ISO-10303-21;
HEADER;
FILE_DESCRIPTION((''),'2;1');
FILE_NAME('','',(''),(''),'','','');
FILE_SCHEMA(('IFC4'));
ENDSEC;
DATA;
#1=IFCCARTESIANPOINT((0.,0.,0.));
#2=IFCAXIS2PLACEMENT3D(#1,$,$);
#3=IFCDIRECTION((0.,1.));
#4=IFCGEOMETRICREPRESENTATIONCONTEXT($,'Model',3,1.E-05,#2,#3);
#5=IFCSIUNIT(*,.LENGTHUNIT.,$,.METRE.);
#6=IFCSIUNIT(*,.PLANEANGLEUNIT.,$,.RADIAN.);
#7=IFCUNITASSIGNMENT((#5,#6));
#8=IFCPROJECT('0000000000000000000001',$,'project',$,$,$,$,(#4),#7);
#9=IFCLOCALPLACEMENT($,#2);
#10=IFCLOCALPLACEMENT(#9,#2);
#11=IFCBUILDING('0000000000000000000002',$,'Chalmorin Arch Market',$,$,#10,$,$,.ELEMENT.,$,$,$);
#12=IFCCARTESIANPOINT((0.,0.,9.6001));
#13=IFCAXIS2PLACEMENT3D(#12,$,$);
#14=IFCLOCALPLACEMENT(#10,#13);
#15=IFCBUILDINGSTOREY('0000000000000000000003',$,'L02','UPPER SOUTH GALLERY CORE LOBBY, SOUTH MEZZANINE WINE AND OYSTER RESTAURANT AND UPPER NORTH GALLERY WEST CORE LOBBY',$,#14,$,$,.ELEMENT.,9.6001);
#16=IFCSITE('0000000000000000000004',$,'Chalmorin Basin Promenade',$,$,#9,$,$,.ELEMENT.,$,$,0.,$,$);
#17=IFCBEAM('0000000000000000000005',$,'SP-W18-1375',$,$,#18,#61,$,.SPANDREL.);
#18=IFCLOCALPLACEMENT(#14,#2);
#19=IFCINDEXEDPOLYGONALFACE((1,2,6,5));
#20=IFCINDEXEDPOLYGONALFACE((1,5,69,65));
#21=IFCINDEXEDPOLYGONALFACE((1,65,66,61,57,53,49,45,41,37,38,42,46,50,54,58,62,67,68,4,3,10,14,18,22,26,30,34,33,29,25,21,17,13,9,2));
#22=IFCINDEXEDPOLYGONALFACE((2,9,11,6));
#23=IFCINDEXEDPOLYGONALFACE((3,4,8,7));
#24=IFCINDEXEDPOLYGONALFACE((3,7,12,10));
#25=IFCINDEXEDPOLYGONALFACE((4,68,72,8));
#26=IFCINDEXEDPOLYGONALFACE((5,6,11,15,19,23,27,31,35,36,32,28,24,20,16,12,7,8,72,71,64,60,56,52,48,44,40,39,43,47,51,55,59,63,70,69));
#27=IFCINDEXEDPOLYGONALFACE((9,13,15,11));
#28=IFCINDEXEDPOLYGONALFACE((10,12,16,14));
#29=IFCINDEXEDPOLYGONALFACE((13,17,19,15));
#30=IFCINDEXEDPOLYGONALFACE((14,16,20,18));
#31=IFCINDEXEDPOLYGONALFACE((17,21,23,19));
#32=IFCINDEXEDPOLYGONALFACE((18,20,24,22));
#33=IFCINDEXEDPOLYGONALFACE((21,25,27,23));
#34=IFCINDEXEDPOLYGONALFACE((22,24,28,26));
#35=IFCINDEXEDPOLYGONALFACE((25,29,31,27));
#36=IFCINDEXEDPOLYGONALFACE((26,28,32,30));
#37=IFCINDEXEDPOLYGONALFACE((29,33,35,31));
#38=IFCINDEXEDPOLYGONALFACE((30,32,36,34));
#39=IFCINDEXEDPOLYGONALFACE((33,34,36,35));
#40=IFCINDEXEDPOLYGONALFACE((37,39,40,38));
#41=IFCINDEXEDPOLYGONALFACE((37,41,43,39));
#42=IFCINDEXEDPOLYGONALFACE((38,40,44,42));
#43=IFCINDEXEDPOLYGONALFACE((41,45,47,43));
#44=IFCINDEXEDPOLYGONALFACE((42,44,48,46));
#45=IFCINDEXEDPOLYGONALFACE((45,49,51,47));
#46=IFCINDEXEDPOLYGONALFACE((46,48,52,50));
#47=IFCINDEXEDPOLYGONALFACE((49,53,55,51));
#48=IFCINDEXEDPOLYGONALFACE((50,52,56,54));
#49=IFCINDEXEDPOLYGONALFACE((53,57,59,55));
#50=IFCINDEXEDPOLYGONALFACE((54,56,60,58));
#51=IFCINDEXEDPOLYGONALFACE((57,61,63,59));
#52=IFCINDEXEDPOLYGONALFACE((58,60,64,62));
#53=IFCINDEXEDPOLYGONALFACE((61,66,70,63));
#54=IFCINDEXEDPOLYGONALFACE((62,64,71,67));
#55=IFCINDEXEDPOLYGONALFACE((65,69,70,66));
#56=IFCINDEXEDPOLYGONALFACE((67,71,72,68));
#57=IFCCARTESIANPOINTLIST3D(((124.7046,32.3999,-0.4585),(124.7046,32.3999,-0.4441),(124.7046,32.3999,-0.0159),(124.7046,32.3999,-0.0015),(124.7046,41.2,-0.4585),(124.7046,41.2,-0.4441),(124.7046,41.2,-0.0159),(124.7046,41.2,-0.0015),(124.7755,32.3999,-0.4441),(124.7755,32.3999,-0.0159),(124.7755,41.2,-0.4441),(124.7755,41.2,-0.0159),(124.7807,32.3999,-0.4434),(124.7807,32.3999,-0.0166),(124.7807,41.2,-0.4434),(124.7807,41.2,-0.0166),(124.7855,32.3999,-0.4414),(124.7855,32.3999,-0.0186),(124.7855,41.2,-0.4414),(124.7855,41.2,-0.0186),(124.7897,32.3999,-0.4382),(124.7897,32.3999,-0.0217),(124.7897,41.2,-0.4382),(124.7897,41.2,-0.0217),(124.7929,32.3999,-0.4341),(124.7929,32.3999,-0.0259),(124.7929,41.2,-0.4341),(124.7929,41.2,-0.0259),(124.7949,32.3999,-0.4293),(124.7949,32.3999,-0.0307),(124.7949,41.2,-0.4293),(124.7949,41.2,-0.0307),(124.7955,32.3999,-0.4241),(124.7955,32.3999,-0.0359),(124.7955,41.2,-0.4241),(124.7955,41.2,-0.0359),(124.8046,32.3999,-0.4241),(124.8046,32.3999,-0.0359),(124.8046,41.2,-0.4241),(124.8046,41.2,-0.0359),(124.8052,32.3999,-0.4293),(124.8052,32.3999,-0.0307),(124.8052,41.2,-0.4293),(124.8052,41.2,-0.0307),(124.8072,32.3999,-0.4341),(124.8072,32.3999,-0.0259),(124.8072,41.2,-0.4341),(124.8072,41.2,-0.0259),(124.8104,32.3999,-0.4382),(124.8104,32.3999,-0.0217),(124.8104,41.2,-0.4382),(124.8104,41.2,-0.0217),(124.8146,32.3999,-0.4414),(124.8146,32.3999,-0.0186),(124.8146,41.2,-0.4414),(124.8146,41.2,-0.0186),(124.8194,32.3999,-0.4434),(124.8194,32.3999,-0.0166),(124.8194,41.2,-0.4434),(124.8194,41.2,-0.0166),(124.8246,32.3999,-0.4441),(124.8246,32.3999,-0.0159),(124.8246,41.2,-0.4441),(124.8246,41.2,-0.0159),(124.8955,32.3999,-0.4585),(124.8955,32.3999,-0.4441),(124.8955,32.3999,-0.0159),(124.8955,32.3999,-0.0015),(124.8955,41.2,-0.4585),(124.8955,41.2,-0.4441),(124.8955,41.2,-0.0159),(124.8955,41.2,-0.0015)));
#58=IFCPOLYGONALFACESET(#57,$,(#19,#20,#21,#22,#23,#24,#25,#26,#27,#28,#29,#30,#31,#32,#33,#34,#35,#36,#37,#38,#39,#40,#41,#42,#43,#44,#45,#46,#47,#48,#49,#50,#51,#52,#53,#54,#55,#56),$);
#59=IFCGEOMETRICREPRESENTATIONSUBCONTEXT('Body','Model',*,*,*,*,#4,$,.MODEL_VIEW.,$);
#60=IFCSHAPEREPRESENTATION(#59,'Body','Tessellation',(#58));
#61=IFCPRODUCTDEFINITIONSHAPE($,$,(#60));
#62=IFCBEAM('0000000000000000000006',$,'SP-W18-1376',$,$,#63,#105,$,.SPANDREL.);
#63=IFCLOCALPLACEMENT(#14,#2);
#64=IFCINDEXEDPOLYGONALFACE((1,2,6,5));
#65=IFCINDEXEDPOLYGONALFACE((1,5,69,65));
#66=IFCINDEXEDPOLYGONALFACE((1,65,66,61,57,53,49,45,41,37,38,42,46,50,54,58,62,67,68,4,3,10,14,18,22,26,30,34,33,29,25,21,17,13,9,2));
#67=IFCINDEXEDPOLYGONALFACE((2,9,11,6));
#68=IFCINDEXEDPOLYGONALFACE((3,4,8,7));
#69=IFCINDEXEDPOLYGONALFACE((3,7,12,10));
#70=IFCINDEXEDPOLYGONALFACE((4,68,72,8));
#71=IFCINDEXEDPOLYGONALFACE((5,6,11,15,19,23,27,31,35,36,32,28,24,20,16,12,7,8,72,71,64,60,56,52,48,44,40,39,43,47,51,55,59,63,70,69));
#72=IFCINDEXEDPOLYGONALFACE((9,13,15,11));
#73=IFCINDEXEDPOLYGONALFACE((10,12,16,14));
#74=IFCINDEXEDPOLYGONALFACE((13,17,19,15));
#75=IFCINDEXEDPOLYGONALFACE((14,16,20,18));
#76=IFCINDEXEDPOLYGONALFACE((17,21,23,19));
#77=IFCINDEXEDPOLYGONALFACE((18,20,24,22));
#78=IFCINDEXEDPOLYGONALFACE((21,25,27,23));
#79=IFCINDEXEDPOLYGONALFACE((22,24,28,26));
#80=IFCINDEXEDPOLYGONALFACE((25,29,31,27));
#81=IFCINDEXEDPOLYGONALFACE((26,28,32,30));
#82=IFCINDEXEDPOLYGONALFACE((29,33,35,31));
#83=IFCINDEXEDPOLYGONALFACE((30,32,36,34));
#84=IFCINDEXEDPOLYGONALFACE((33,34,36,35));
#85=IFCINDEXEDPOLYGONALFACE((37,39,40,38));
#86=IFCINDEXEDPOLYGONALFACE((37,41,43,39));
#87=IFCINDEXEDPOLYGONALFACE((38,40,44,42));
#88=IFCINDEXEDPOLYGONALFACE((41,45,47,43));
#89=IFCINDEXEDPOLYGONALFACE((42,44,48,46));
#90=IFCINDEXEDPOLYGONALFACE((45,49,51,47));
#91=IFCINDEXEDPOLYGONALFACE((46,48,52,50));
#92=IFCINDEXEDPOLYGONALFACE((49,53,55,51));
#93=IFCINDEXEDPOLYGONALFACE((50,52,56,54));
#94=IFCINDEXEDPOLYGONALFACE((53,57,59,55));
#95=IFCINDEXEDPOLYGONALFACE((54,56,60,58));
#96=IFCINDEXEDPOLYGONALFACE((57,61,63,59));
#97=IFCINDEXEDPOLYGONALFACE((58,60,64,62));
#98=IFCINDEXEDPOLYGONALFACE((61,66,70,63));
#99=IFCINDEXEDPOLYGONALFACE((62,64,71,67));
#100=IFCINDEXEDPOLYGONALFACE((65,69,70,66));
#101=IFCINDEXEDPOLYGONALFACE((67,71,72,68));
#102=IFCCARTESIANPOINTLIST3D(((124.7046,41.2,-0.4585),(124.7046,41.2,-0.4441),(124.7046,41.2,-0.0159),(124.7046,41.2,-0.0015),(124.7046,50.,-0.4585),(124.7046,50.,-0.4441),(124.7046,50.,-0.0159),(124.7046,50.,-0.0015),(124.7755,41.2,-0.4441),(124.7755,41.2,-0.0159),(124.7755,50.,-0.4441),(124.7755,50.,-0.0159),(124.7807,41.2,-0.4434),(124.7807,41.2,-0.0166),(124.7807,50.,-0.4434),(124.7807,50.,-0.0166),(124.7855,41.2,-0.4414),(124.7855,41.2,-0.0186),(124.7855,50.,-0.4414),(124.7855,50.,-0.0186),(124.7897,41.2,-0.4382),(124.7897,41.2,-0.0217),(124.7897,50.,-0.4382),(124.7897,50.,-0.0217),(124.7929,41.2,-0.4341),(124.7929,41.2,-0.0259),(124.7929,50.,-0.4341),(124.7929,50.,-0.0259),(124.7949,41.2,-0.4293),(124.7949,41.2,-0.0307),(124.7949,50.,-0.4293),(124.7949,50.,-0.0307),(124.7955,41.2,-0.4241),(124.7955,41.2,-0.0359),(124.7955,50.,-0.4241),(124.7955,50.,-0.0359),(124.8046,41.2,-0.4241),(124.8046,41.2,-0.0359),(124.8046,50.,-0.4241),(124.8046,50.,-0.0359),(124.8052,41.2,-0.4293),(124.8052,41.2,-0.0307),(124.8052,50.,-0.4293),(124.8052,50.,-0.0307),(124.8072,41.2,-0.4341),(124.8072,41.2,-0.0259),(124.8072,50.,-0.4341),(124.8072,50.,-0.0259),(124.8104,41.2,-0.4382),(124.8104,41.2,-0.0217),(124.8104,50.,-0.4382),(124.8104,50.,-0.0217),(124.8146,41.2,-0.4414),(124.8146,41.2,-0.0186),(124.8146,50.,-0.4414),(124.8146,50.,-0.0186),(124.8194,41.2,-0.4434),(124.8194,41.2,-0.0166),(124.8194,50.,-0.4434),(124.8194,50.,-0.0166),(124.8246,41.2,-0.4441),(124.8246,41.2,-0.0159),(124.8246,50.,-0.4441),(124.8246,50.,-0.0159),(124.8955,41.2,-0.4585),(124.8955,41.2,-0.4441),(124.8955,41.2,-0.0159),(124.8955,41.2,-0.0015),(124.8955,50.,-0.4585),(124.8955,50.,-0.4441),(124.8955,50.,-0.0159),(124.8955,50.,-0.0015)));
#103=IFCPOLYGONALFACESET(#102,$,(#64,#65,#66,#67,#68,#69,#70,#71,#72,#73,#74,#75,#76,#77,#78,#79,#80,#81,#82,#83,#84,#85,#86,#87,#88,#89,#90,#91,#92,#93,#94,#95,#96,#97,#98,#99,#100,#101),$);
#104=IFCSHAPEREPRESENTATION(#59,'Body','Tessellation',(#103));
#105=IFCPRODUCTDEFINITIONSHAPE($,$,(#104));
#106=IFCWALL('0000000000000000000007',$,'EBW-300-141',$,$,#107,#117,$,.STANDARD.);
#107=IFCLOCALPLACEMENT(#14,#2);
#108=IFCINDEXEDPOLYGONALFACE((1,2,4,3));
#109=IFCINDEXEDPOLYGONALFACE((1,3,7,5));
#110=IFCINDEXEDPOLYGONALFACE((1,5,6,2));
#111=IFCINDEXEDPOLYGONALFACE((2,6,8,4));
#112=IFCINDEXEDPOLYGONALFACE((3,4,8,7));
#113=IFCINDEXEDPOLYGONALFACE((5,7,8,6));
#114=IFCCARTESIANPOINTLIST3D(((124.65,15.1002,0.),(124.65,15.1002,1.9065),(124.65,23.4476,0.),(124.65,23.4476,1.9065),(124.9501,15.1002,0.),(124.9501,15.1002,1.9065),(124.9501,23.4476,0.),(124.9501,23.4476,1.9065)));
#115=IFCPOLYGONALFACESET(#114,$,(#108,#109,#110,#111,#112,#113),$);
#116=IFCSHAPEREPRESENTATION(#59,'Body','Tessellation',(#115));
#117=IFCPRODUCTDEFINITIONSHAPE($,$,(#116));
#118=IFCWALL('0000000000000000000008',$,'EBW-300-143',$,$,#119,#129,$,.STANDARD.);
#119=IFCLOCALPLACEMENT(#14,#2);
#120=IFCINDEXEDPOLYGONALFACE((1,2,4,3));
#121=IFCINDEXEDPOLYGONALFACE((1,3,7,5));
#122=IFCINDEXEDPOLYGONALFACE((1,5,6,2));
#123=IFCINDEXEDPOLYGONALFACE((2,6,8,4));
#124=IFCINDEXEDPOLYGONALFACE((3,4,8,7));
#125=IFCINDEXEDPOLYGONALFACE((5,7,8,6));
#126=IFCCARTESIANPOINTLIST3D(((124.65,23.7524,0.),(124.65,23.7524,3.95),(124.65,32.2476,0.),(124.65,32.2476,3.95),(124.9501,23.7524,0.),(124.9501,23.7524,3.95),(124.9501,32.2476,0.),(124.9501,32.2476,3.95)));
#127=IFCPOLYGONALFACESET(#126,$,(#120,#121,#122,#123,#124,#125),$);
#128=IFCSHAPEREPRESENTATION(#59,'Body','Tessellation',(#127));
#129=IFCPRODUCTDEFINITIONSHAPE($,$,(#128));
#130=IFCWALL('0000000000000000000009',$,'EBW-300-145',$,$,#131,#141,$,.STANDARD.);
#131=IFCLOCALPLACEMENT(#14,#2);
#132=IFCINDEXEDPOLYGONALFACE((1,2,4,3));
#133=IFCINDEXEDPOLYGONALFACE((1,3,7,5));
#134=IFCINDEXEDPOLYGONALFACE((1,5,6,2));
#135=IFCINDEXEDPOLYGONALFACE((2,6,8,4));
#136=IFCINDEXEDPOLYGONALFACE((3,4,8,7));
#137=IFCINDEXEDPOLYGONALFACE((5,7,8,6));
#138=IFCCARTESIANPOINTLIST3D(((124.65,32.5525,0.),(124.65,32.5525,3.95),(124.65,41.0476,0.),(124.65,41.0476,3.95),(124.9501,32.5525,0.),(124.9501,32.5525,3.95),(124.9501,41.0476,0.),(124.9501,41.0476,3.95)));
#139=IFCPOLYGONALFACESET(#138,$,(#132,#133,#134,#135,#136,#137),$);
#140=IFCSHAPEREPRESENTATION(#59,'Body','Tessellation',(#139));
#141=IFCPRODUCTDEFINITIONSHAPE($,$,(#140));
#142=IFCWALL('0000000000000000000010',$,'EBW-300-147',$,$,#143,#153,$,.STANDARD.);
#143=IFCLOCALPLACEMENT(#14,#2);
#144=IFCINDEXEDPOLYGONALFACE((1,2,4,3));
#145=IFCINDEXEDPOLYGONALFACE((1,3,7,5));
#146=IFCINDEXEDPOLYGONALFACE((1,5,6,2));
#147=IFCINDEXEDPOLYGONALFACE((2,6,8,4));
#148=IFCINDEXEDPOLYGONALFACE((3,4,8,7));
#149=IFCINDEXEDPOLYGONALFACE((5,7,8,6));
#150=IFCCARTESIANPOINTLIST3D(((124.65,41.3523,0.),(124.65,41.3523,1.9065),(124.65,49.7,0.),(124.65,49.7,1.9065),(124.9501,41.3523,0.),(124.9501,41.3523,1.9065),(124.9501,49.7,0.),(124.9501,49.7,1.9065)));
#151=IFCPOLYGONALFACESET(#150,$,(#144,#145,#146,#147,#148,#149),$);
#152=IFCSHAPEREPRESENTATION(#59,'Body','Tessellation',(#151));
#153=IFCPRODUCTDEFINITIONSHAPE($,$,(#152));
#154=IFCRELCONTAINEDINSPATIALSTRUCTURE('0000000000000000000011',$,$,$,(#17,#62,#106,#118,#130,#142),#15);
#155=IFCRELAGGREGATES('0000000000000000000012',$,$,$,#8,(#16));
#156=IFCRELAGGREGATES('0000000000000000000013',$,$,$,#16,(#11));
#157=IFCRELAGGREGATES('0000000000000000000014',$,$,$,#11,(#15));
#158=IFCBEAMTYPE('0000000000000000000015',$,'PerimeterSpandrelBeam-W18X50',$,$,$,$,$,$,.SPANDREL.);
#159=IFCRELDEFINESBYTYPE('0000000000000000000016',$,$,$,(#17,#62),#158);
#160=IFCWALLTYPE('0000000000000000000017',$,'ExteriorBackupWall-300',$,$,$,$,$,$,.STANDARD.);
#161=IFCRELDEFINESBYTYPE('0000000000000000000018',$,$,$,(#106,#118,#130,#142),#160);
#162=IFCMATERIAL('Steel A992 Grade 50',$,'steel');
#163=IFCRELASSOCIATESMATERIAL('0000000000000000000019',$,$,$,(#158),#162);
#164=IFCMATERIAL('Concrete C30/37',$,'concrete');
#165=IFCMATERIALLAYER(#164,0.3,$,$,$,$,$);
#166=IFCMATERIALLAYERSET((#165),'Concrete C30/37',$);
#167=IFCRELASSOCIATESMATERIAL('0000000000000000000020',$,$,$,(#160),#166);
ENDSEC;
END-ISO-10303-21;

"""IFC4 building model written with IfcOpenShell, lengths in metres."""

from ifc_helpers import new_model, si_unit, direction, frame, frame_2d, origin, origin_2d, place, context, subcontext, project, spatial, rectangle, i_section, extrude, material, layer, layer_set, material_profile, profile_set, type_object, element, save


model = new_model("IFC4")

# Units and contexts
model_context = context("Model", 3, precision=1e-05, world=origin(), true_north=direction((0.0, 1.0)))
body_context = subcontext(model_context, "Body", "Model", "MODEL_VIEW")
ifc_project = project(units=[si_unit("LENGTHUNIT", "METRE"), si_unit("PLANEANGLEUNIT", "RADIAN")], contexts=[model_context])

# Site, building, storey
site_placement = place(None, origin())
site = spatial("IfcSite", under=ifc_project, at=site_placement, Name="Chalmorin Basin Promenade", CompositionType="ELEMENT", RefElevation=0.0)
building_placement = place(site_placement, origin())
building = spatial("IfcBuilding", under=site, at=building_placement, Name="Chalmorin Arch Market", CompositionType="ELEMENT")
storey_placement = place(building_placement, frame((0.0, 0.0, 9.6001)))
storey = spatial("IfcBuildingStorey", under=building, at=storey_placement, Name="L02", Description="UPPER SOUTH GALLERY CORE LOBBY, SOUTH MEZZANINE WINE AND OYSTER RESTAURANT AND UPPER NORTH GALLERY WEST CORE LOBBY", CompositionType="ELEMENT", Elevation=9.6001)

# Beams
ifc_material_1 = material(Name="Steel A992 Grade 50", Category="steel")
ifc_material_profile_1 = material_profile(ifc_material_1, i_section(OverallWidth=0.1909, OverallDepth=0.457, WebThickness=0.009, FlangeThickness=0.0144, FilletRadius=0.02, at=origin_2d()), Name="W18X50")
ifc_profile_set_1 = profile_set([ifc_material_profile_1], Name="Steel A992 Grade 50")
beam_type_1 = type_object("IfcBeamType", Name="PerimeterSpandrelBeam-W18X50", PredefinedType="SPANDREL", material=ifc_profile_set_1)
for number, where, z_axis, x_axis, name in (
    (1, (124.8, 32.3999, -0.23), (0.0, 1.0, 0.0), (-1.0, 0.0, 0.0), "SP-W18-1375"),
    (2, (124.8, 41.2, -0.23), (0.0, 1.0, 0.0), (-1.0, 0.0, 0.0), "SP-W18-1376"),
):
    element("IfcBeam", number, at=place(storey_placement, frame(where, z_axis=z_axis, x_axis=x_axis)), inside=storey, type_object=beam_type_1, Name=name, PredefinedType="SPANDREL", context=body_context, shape_type="SweptSolid", body=[
        extrude(i_section(OverallWidth=0.1909, OverallDepth=0.457, WebThickness=0.009, FlangeThickness=0.0144, FilletRadius=0.02, at=origin_2d()), origin(), (0.0, 0.0, 1.0), 8.8),
    ])

# Walls
ifc_material_2 = material(Name="Concrete C30/37", Category="concrete")
ifc_layer_1 = layer(ifc_material_2, 0.3)
ifc_layer_set_1 = layer_set([ifc_layer_1], Name="Concrete C30/37")
wall_type_1 = type_object("IfcWallType", Name="ExteriorBackupWall-300", PredefinedType="STANDARD", material=ifc_layer_set_1)
wall_1_placement = place(storey_placement, frame((124.8, 15.1001, 0.0), z_axis=(0.0, 0.0, 1.0), x_axis=(0.0, 1.0, 0.0)))
element("IfcWall", 3, at=wall_1_placement, inside=storey, type_object=wall_type_1, Name="EBW-300-141", PredefinedType="STANDARD", context=body_context, shape_type="SweptSolid", body=[
    extrude(rectangle(XDim=8.3474, YDim=0.3, at=frame_2d((4.1738, 0.0))), origin(), (0.0, 0.0, 1.0), 1.9065),
])
for number, where, z_axis, x_axis, name in (
    (4, (124.8, 23.7524, 0.0), (0.0, 0.0, 1.0), (0.0, 1.0, 0.0), "EBW-300-143"),
    (5, (124.8, 32.5525, 0.0), (0.0, 0.0, 1.0), (0.0, 1.0, 0.0), "EBW-300-145"),
):
    element("IfcWall", number, at=place(storey_placement, frame(where, z_axis=z_axis, x_axis=x_axis)), inside=storey, type_object=wall_type_1, Name=name, PredefinedType="STANDARD", context=body_context, shape_type="SweptSolid", body=[
        extrude(rectangle(XDim=8.4951, YDim=0.3, at=frame_2d((4.2476, 0.0))), origin(), (0.0, 0.0, 1.0), 3.95),
    ])
wall_2_placement = place(storey_placement, frame((124.8, 41.3523, 0.0), z_axis=(0.0, 0.0, 1.0), x_axis=(0.0, 1.0, 0.0)))
element("IfcWall", 6, at=wall_2_placement, inside=storey, type_object=wall_type_1, Name="EBW-300-147", PredefinedType="STANDARD", context=body_context, shape_type="SweptSolid", body=[
    extrude(rectangle(XDim=8.3477, YDim=0.3, at=frame_2d((4.1738, 0.0))), origin(), (0.0, 0.0, 1.0), 1.9065),
])

save(model, "model.ifc")
